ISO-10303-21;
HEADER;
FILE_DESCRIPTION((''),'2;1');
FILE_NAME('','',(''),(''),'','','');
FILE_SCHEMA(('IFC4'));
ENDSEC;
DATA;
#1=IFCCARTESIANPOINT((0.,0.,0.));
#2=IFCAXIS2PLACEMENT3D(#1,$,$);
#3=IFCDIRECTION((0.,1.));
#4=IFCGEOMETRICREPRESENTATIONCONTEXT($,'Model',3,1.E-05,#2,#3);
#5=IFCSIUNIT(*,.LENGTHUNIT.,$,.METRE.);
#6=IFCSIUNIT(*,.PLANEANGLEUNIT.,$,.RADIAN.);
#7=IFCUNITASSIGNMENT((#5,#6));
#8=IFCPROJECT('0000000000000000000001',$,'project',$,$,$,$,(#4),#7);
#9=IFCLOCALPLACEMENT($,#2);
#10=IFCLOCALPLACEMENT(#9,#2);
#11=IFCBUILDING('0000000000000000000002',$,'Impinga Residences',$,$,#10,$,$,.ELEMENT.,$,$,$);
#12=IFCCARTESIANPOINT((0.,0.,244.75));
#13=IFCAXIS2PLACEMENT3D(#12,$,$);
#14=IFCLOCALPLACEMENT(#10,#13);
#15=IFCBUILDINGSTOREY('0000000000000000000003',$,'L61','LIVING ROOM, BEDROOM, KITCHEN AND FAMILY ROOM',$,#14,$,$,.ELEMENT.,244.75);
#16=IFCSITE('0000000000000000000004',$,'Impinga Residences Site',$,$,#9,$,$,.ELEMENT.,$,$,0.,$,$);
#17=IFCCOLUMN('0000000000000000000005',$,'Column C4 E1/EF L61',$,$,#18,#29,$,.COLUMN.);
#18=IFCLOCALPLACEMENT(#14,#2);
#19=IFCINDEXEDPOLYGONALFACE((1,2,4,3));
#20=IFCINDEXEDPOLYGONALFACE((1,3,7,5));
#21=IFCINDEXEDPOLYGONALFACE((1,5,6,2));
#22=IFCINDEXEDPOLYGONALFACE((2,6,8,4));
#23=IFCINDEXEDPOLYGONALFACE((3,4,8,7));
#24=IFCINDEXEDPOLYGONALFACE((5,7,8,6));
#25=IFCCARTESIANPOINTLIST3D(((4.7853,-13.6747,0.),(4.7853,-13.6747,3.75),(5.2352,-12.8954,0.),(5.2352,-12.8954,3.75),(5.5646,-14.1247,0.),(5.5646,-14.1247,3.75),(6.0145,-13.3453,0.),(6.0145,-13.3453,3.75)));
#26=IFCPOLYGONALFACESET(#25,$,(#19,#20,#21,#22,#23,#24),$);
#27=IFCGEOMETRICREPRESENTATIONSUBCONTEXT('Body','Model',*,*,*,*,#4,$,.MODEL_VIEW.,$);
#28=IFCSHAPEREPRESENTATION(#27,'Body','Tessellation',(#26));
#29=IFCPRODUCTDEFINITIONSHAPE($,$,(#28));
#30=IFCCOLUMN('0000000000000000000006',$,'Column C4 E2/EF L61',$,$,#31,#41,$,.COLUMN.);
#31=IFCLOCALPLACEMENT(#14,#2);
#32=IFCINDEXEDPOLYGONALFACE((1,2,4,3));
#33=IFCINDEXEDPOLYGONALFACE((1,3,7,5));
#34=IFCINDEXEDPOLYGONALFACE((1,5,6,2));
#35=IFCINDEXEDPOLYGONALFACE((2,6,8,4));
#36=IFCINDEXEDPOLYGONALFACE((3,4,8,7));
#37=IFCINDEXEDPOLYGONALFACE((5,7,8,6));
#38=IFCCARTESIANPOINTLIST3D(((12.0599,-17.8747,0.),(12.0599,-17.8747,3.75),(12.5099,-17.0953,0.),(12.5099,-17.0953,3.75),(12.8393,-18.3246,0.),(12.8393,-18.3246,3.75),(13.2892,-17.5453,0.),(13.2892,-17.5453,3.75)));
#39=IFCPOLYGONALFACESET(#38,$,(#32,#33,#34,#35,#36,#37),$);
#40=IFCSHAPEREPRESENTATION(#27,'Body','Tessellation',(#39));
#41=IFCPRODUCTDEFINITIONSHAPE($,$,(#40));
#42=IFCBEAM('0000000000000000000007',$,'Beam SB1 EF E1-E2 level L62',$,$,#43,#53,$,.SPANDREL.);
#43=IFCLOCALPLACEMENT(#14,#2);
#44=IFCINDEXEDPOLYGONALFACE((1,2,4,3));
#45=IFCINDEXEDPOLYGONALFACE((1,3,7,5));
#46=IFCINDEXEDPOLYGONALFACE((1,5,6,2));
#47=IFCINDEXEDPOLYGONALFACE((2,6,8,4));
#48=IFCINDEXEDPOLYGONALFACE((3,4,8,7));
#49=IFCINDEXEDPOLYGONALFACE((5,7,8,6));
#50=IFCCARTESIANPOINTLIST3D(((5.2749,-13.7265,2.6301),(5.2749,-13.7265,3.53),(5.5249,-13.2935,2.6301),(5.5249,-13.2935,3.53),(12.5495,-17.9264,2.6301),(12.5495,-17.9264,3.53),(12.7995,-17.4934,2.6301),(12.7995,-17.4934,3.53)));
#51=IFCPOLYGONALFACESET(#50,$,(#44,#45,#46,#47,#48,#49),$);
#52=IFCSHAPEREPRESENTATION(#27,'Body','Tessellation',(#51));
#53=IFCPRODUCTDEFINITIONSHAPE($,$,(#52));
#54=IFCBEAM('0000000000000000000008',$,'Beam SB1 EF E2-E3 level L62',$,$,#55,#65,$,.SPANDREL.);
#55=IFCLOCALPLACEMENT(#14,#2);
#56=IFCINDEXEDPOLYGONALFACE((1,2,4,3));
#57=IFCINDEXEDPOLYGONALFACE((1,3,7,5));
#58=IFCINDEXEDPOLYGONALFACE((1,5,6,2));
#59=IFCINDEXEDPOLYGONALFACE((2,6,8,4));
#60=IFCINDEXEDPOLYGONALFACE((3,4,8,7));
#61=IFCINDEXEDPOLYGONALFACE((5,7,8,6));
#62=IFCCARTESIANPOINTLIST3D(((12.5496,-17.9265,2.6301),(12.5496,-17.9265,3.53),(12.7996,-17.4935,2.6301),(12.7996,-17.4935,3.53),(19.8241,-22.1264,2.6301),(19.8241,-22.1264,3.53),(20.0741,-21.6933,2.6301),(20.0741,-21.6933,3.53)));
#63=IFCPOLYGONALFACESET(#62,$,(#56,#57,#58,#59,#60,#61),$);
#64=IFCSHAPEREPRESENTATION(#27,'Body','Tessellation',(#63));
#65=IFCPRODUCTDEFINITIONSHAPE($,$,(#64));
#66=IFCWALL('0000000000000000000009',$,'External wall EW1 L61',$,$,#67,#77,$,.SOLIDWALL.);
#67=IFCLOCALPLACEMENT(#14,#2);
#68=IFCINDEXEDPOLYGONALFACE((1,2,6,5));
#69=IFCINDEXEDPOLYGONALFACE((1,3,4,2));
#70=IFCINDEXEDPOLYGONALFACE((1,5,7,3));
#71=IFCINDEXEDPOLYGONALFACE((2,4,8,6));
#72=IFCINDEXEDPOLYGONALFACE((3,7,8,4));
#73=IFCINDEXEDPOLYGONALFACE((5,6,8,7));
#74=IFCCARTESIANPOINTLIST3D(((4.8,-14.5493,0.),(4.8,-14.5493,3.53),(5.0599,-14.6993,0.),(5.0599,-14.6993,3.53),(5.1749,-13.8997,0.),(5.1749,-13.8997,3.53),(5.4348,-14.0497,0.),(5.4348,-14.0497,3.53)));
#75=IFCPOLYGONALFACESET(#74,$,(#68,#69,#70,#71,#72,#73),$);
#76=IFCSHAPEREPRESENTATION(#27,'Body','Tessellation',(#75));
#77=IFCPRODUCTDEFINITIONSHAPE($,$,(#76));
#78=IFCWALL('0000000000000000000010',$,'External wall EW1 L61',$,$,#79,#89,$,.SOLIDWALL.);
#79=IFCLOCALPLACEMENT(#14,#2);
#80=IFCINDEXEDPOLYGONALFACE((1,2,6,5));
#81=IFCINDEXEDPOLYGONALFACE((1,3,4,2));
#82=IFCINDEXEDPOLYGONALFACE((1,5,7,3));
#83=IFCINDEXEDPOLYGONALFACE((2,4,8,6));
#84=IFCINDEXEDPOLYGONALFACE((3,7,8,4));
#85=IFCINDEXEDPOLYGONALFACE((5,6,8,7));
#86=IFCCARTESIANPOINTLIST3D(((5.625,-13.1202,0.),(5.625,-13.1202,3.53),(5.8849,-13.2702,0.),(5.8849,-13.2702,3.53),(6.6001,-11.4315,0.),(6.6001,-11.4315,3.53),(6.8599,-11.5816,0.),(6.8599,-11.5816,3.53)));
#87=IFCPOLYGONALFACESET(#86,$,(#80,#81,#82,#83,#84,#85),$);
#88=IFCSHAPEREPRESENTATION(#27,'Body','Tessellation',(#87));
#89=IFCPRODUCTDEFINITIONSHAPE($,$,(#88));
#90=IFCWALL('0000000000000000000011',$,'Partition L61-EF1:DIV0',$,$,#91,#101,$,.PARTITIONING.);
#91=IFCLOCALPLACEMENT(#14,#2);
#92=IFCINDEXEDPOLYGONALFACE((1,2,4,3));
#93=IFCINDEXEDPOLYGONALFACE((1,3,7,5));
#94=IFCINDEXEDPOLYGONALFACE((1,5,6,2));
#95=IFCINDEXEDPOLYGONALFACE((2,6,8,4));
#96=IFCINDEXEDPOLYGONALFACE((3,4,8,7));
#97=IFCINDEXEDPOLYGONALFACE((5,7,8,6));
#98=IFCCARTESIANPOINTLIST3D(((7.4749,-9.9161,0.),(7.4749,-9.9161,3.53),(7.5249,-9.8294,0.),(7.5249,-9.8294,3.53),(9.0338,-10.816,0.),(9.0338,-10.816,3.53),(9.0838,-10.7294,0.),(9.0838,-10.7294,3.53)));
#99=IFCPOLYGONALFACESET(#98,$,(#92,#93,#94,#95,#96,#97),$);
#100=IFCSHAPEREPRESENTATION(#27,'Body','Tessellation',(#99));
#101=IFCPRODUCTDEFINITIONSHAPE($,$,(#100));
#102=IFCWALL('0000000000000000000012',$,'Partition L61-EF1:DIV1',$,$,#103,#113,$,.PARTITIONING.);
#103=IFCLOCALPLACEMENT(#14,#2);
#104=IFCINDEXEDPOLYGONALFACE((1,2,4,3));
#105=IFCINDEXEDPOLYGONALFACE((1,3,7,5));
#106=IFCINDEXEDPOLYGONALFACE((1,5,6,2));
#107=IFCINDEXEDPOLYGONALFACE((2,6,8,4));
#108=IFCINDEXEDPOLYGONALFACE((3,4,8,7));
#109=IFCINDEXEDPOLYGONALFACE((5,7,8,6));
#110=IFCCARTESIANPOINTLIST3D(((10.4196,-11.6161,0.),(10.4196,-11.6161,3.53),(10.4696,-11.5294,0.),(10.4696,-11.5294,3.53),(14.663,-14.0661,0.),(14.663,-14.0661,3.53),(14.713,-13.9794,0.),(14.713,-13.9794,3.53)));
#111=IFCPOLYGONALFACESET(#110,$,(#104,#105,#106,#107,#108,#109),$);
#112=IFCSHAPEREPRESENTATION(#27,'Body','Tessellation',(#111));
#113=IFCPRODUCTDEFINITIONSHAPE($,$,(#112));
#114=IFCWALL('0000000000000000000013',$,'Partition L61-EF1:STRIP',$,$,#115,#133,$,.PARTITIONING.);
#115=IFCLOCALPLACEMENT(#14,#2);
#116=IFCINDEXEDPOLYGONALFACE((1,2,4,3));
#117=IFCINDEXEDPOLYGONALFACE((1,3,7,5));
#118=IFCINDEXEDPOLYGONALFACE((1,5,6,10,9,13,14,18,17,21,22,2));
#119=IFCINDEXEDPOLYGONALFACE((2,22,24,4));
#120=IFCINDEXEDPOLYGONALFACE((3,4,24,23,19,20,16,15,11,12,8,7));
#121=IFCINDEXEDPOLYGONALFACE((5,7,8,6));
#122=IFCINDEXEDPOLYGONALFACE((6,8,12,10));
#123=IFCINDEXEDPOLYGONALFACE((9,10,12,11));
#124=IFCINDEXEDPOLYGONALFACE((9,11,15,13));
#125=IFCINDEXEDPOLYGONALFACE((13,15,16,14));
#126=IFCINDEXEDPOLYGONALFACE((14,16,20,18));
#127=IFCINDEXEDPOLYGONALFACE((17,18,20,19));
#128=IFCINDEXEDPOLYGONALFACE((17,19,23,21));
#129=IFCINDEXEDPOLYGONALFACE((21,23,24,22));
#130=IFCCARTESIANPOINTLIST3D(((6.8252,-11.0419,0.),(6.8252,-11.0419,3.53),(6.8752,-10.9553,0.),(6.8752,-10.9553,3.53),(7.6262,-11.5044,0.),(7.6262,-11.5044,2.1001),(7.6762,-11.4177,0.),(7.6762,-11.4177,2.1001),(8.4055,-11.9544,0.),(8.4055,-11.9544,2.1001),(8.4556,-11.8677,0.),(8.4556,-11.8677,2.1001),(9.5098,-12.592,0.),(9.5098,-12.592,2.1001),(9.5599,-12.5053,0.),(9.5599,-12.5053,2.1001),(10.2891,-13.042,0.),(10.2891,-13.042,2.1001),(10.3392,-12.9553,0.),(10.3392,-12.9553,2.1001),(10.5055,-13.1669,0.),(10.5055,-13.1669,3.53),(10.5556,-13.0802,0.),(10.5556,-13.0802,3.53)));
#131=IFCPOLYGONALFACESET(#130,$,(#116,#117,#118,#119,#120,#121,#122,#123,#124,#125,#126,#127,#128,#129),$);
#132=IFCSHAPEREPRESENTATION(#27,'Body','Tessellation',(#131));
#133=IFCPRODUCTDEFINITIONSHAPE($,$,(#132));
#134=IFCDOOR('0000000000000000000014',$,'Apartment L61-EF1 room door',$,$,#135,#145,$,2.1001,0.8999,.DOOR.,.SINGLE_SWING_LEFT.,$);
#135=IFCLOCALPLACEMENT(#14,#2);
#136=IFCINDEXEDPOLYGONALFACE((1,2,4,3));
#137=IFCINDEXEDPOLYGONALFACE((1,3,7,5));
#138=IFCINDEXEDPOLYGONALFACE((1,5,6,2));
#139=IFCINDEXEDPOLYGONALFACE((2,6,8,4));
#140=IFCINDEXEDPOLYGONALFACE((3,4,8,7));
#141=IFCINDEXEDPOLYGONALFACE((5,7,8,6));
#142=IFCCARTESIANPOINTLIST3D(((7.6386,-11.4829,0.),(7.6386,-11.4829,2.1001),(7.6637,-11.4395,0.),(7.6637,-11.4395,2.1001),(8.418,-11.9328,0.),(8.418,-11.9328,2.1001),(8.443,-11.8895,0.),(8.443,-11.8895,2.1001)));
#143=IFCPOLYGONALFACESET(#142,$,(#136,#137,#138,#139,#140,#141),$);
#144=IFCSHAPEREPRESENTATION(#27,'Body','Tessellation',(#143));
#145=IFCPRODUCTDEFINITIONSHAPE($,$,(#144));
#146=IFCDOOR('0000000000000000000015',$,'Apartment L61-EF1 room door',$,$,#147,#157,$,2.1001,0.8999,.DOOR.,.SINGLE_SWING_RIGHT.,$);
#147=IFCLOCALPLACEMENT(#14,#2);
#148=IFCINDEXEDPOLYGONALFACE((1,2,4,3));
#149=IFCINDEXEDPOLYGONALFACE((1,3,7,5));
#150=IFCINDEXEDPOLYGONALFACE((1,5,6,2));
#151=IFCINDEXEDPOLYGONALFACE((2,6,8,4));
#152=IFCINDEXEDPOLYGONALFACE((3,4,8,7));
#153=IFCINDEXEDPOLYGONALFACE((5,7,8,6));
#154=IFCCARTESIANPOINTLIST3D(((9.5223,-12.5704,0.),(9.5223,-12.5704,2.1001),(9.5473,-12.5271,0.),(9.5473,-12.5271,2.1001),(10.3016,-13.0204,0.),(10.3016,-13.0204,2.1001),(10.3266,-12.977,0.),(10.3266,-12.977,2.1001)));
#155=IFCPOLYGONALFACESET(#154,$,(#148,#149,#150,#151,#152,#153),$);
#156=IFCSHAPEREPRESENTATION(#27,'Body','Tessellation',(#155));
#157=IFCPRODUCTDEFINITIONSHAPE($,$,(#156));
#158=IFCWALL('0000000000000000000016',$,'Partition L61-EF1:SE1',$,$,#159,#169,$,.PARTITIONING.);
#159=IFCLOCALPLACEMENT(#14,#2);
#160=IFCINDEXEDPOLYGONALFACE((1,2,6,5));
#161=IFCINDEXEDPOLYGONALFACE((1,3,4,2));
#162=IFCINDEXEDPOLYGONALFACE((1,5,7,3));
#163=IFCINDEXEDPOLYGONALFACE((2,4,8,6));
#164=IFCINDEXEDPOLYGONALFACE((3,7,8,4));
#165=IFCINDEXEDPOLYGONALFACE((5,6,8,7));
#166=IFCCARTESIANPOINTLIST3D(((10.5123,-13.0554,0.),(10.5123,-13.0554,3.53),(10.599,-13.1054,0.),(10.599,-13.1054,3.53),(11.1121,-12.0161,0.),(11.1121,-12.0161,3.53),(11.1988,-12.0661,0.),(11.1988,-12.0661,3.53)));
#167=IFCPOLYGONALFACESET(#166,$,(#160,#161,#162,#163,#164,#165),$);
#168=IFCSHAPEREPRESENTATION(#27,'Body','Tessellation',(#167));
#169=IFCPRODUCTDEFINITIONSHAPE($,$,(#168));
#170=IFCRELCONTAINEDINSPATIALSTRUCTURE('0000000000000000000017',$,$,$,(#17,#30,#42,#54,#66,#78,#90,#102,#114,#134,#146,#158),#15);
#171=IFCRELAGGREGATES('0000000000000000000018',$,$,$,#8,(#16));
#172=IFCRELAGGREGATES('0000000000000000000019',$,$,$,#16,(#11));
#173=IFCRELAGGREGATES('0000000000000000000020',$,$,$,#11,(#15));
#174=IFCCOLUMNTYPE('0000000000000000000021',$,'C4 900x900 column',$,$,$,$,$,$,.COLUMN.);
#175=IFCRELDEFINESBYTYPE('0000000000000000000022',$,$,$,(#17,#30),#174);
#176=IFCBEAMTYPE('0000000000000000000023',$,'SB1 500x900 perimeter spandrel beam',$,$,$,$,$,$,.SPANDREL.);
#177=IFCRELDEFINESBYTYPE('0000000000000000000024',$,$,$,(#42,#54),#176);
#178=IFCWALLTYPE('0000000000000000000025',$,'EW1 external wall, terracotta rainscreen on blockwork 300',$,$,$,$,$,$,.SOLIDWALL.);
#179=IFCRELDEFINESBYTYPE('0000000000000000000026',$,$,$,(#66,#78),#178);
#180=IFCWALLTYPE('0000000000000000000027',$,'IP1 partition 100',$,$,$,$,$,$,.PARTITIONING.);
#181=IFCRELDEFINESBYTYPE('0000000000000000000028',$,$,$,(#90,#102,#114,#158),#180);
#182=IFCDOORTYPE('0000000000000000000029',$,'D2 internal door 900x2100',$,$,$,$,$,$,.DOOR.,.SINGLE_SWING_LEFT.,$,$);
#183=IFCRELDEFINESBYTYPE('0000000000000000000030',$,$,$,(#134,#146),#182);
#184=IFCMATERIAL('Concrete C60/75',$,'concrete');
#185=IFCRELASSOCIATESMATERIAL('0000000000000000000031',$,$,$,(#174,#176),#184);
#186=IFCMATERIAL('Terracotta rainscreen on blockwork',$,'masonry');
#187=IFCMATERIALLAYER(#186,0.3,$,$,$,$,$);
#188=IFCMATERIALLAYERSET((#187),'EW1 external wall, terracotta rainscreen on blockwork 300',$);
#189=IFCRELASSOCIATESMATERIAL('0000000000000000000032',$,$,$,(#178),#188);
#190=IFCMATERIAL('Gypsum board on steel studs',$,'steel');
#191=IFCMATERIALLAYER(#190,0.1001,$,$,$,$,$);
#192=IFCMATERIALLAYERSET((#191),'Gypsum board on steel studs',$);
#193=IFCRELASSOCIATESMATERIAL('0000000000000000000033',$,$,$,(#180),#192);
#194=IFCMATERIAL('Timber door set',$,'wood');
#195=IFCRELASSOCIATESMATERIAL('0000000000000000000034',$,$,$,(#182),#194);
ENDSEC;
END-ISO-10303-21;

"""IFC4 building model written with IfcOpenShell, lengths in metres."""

from ifc_helpers import new_model, si_unit, direction, frame, frame_2d, origin, origin_2d, place, context, subcontext, project, spatial, rectangle, extrude, material, layer, layer_set, material_profile, profile_set, type_object, element, fill, save


model = new_model("IFC4")

# Units and contexts
model_context = context("Model", 3, precision=1e-05, world=origin(), true_north=direction((0.0, 1.0)))
body_context = subcontext(model_context, "Body", "Model", "MODEL_VIEW")
ifc_project = project(units=[si_unit("LENGTHUNIT", "METRE"), si_unit("PLANEANGLEUNIT", "RADIAN")], contexts=[model_context])

# Site, building, storey
site_placement = place(None, origin())
site = spatial("IfcSite", under=ifc_project, at=site_placement, Name="Impinga Residences Site", CompositionType="ELEMENT", RefElevation=0.0)
building_placement = place(site_placement, origin())
building = spatial("IfcBuilding", under=site, at=building_placement, Name="Impinga Residences", CompositionType="ELEMENT")
storey_placement = place(building_placement, frame((0.0, 0.0, 244.75)))
storey = spatial("IfcBuildingStorey", under=building, at=storey_placement, Name="L61", Description="LIVING ROOM, BEDROOM, KITCHEN AND FAMILY ROOM", CompositionType="ELEMENT", Elevation=244.75)

# Columns
ifc_material_1 = material(Name="Concrete C60/75", Category="concrete")
ifc_material_profile_1 = material_profile(ifc_material_1, rectangle(XDim=0.8999, YDim=0.8999, at=origin_2d()), Name="RC 900x900")
ifc_profile_set_1 = profile_set([ifc_material_profile_1], Name="Concrete C60/75")
column_type = type_object("IfcColumnType", Name="C4 900x900 column", PredefinedType="COLUMN", material=ifc_profile_set_1)
for number, where, z_axis, x_axis, name in (
    (1, (5.3999, -13.51, 0.0), (0.0, 0.0, 1.0), (-0.5, -0.866025, 0.0), "Column C4 E1/EF L61"),
    (2, (12.6746, -17.71, 0.0), (0.0, 0.0, 1.0), (-0.5, -0.866025, 0.0), "Column C4 E2/EF L61"),
):
    element("IfcColumn", number, at=place(storey_placement, frame(where, z_axis=z_axis, x_axis=x_axis)), inside=storey, type_object=column_type, Name=name, PredefinedType="COLUMN", context=body_context, shape_type="SweptSolid", body=[
        extrude(rectangle(XDim=0.8999, YDim=0.8999, at=origin_2d()), origin(), (0.0, 0.0, 1.0), 3.75),
    ])

# Beams
ifc_material_profile_2 = material_profile(ifc_material_1, rectangle(XDim=0.5, YDim=0.8999, at=origin_2d()), Name="RC 500x900")
ifc_profile_set_2 = profile_set([ifc_material_profile_2], Name="Concrete C60/75")
beam_type = type_object("IfcBeamType", Name="SB1 500x900 perimeter spandrel beam", PredefinedType="SPANDREL", material=ifc_profile_set_2)
for number, where, z_axis, x_axis, name in (
    (3, (5.3999, -13.51, 3.0801), (0.866029, -0.499993, 0.0), (0.499993, 0.866029, 0.0), "Beam SB1 EF E1-E2 level L62"),
    (4, (12.6746, -17.71, 3.0801), (0.866029, -0.499993, 0.0), (0.499993, 0.866029, 0.0), "Beam SB1 EF E2-E3 level L62"),
):
    element("IfcBeam", number, at=place(storey_placement, frame(where, z_axis=z_axis, x_axis=x_axis)), inside=storey, type_object=beam_type, Name=name, PredefinedType="SPANDREL", context=body_context, shape_type="SweptSolid", body=[
        extrude(rectangle(XDim=0.5, YDim=0.8999, at=origin_2d()), origin(), (0.0, 0.0, 1.0), 8.3999),
    ])

# Walls
ifc_material_2 = material(Name="Terracotta rainscreen on blockwork", Category="masonry")
ifc_layer_1 = layer(ifc_material_2, 0.3)
ifc_layer_set_1 = layer_set([ifc_layer_1], Name="EW1 external wall, terracotta rainscreen on blockwork 300")
wall_type_1 = type_object("IfcWallType", Name="EW1 external wall, terracotta rainscreen on blockwork 300", PredefinedType="SOLIDWALL", material=ifc_layer_set_1)
wall_1_placement = place(storey_placement, frame((4.9299, -14.6243, 0.0), z_axis=(0.0, 0.0, 1.0), x_axis=(0.49992, 0.866072, 0.0)))
element("IfcWall", 5, at=wall_1_placement, inside=storey, type_object=wall_type_1, Name="External wall EW1 L61", PredefinedType="SOLIDWALL", context=body_context, shape_type="SweptSolid", body=[
    extrude(rectangle(XDim=0.75, YDim=0.3, at=frame_2d((0.375, 0.0))), origin(), (0.0, 0.0, 1.0), 3.53),
])
wall_2_placement = place(storey_placement, frame((5.7549, -13.1953, 0.0), z_axis=(0.0, 0.0, 1.0), x_axis=(0.500044, 0.866, 0.0)))
element("IfcWall", 6, at=wall_2_placement, inside=storey, type_object=wall_type_1, Name="External wall EW1 L61", PredefinedType="SOLIDWALL", context=body_context, shape_type="SweptSolid", body=[
    extrude(rectangle(XDim=1.95, YDim=0.3, at=frame_2d((0.9751, 0.0))), origin(), (0.0, 0.0, 1.0), 3.53),
])
ifc_material_3 = material(Name="Gypsum board on steel studs", Category="steel")
ifc_layer_2 = layer(ifc_material_3, 0.1001)
ifc_layer_set_2 = layer_set([ifc_layer_2], Name="Gypsum board on steel studs")
wall_type_2 = type_object("IfcWallType", Name="IP1 partition 100", PredefinedType="PARTITIONING", material=ifc_layer_set_2)
wall_3_placement = place(storey_placement, frame((7.5, -9.8728, 0.0), z_axis=(0.0, 0.0, 1.0), x_axis=(0.866048, -0.499961, 0.0)))
element("IfcWall", 7, at=wall_3_placement, inside=storey, type_object=wall_type_2, Name="Partition L61-EF1:DIV0", PredefinedType="PARTITIONING", context=body_context, shape_type="SweptSolid", body=[
    extrude(rectangle(XDim=1.8, YDim=0.1001, at=frame_2d((0.8999, 0.0))), origin(), (0.0, 0.0, 1.0), 3.53),
])
wall_4_placement = place(storey_placement, frame((10.4446, -11.5728, 0.0), z_axis=(0.0, 0.0, 1.0), x_axis=(0.866024, -0.500003, 0.0)))
element("IfcWall", 8, at=wall_4_placement, inside=storey, type_object=wall_type_2, Name="Partition L61-EF1:DIV1", PredefinedType="PARTITIONING", context=body_context, shape_type="SweptSolid", body=[
    extrude(rectangle(XDim=4.8999, YDim=0.1001, at=frame_2d((2.45, 0.0))), origin(), (0.0, 0.0, 1.0), 3.53),
])

# Wall, openings, doors
wall_5_placement = place(storey_placement, frame((6.8501, -10.9985, 0.0), z_axis=(0.0, 0.0, 1.0), x_axis=(0.866014, -0.500019, 0.0)))
wall_5 = element("IfcWall", 9, at=wall_5_placement, inside=storey, type_object=wall_type_2, Name="Partition L61-EF1:STRIP", PredefinedType="PARTITIONING", context=body_context, shape_type="SweptSolid", body=[
    extrude(rectangle(XDim=4.2498, YDim=0.1001, at=frame_2d((2.125, 0.0))), origin(), (0.0, 0.0, 1.0), 3.53),
])
opening_1_placement = place(wall_5_placement, frame((0.925, 0.0, 0.0)))
opening_1 = element("IfcOpeningElement", 10, at=opening_1_placement, cuts=wall_5, PredefinedType="OPENING", context=body_context, shape_type="SweptSolid", body=[
    extrude(rectangle(XDim=0.8999, YDim=2.1001, at=frame_2d((0.45, 1.05))), frame((0.0, 0.0601, 0.0), z_axis=(0.0, -1.0, 0.0), x_axis=(1.0, 0.0, 0.0)), (0.0, 0.0, 1.0), 0.1201),
])
opening_2_placement = place(wall_5_placement, frame((3.1001, 0.0, 0.0)))
opening_2 = element("IfcOpeningElement", 11, at=opening_2_placement, cuts=wall_5, PredefinedType="OPENING", context=body_context, shape_type="SweptSolid", body=[
    extrude(rectangle(XDim=0.8999, YDim=2.1001, at=frame_2d((0.45, 1.05))), frame((0.0, 0.0601, 0.0), z_axis=(0.0, -1.0, 0.0), x_axis=(1.0, 0.0, 0.0)), (0.0, 0.0, 1.0), 0.1201),
])
ifc_material_4 = material(Name="Timber door set", Category="wood")
door_type_1 = type_object("IfcDoorType", Name="D2 internal door 900x2100", OperationType="SINGLE_SWING_LEFT", PredefinedType="DOOR", material=ifc_material_4)
door_1_placement = place(opening_1_placement, origin())
door_1 = element("IfcDoor", 12, at=door_1_placement, inside=storey, type_object=door_type_1, Name="Apartment L61-EF1 room door", OperationType="SINGLE_SWING_LEFT", OverallHeight=2.1001, OverallWidth=0.8999, PredefinedType="DOOR", context=body_context, shape_type="SweptSolid", body=[
    extrude(rectangle(XDim=0.8999, YDim=2.1001, at=frame_2d((0.45, 1.05))), frame((0.0, 0.0249, 0.0), z_axis=(0.0, -1.0, 0.0), x_axis=(1.0, 0.0, 0.0)), (0.0, 0.0, 1.0), 0.05),
])
fill(opening_1, door_1)
door_2_placement = place(opening_2_placement, origin())
door_2 = element("IfcDoor", 13, at=door_2_placement, inside=storey, type_object=door_type_1, Name="Apartment L61-EF1 room door", OperationType="SINGLE_SWING_RIGHT", OverallHeight=2.1001, OverallWidth=0.8999, PredefinedType="DOOR", context=body_context, shape_type="SweptSolid", body=[
    extrude(rectangle(XDim=0.8999, YDim=2.1001, at=frame_2d((0.45, 1.05))), frame((0.0, 0.0249, 0.0), z_axis=(0.0, -1.0, 0.0), x_axis=(1.0, 0.0, 0.0)), (0.0, 0.0, 1.0), 0.05),
])
fill(opening_2, door_2)

# Wall
wall_6_placement = place(storey_placement, frame((11.1555, -12.041, 0.0), z_axis=(0.0, 0.0, 1.0), x_axis=(-0.499881, -0.866094, 0.0)))
element("IfcWall", 14, at=wall_6_placement, inside=storey, type_object=wall_type_2, Name="Partition L61-EF1:SE1", PredefinedType="PARTITIONING", context=body_context, shape_type="SweptSolid", body=[
    extrude(rectangle(XDim=1.2, YDim=0.1001, at=frame_2d((0.6001, 0.0))), origin(), (0.0, 0.0, 1.0), 3.53),
])

save(model, "model.ifc")
